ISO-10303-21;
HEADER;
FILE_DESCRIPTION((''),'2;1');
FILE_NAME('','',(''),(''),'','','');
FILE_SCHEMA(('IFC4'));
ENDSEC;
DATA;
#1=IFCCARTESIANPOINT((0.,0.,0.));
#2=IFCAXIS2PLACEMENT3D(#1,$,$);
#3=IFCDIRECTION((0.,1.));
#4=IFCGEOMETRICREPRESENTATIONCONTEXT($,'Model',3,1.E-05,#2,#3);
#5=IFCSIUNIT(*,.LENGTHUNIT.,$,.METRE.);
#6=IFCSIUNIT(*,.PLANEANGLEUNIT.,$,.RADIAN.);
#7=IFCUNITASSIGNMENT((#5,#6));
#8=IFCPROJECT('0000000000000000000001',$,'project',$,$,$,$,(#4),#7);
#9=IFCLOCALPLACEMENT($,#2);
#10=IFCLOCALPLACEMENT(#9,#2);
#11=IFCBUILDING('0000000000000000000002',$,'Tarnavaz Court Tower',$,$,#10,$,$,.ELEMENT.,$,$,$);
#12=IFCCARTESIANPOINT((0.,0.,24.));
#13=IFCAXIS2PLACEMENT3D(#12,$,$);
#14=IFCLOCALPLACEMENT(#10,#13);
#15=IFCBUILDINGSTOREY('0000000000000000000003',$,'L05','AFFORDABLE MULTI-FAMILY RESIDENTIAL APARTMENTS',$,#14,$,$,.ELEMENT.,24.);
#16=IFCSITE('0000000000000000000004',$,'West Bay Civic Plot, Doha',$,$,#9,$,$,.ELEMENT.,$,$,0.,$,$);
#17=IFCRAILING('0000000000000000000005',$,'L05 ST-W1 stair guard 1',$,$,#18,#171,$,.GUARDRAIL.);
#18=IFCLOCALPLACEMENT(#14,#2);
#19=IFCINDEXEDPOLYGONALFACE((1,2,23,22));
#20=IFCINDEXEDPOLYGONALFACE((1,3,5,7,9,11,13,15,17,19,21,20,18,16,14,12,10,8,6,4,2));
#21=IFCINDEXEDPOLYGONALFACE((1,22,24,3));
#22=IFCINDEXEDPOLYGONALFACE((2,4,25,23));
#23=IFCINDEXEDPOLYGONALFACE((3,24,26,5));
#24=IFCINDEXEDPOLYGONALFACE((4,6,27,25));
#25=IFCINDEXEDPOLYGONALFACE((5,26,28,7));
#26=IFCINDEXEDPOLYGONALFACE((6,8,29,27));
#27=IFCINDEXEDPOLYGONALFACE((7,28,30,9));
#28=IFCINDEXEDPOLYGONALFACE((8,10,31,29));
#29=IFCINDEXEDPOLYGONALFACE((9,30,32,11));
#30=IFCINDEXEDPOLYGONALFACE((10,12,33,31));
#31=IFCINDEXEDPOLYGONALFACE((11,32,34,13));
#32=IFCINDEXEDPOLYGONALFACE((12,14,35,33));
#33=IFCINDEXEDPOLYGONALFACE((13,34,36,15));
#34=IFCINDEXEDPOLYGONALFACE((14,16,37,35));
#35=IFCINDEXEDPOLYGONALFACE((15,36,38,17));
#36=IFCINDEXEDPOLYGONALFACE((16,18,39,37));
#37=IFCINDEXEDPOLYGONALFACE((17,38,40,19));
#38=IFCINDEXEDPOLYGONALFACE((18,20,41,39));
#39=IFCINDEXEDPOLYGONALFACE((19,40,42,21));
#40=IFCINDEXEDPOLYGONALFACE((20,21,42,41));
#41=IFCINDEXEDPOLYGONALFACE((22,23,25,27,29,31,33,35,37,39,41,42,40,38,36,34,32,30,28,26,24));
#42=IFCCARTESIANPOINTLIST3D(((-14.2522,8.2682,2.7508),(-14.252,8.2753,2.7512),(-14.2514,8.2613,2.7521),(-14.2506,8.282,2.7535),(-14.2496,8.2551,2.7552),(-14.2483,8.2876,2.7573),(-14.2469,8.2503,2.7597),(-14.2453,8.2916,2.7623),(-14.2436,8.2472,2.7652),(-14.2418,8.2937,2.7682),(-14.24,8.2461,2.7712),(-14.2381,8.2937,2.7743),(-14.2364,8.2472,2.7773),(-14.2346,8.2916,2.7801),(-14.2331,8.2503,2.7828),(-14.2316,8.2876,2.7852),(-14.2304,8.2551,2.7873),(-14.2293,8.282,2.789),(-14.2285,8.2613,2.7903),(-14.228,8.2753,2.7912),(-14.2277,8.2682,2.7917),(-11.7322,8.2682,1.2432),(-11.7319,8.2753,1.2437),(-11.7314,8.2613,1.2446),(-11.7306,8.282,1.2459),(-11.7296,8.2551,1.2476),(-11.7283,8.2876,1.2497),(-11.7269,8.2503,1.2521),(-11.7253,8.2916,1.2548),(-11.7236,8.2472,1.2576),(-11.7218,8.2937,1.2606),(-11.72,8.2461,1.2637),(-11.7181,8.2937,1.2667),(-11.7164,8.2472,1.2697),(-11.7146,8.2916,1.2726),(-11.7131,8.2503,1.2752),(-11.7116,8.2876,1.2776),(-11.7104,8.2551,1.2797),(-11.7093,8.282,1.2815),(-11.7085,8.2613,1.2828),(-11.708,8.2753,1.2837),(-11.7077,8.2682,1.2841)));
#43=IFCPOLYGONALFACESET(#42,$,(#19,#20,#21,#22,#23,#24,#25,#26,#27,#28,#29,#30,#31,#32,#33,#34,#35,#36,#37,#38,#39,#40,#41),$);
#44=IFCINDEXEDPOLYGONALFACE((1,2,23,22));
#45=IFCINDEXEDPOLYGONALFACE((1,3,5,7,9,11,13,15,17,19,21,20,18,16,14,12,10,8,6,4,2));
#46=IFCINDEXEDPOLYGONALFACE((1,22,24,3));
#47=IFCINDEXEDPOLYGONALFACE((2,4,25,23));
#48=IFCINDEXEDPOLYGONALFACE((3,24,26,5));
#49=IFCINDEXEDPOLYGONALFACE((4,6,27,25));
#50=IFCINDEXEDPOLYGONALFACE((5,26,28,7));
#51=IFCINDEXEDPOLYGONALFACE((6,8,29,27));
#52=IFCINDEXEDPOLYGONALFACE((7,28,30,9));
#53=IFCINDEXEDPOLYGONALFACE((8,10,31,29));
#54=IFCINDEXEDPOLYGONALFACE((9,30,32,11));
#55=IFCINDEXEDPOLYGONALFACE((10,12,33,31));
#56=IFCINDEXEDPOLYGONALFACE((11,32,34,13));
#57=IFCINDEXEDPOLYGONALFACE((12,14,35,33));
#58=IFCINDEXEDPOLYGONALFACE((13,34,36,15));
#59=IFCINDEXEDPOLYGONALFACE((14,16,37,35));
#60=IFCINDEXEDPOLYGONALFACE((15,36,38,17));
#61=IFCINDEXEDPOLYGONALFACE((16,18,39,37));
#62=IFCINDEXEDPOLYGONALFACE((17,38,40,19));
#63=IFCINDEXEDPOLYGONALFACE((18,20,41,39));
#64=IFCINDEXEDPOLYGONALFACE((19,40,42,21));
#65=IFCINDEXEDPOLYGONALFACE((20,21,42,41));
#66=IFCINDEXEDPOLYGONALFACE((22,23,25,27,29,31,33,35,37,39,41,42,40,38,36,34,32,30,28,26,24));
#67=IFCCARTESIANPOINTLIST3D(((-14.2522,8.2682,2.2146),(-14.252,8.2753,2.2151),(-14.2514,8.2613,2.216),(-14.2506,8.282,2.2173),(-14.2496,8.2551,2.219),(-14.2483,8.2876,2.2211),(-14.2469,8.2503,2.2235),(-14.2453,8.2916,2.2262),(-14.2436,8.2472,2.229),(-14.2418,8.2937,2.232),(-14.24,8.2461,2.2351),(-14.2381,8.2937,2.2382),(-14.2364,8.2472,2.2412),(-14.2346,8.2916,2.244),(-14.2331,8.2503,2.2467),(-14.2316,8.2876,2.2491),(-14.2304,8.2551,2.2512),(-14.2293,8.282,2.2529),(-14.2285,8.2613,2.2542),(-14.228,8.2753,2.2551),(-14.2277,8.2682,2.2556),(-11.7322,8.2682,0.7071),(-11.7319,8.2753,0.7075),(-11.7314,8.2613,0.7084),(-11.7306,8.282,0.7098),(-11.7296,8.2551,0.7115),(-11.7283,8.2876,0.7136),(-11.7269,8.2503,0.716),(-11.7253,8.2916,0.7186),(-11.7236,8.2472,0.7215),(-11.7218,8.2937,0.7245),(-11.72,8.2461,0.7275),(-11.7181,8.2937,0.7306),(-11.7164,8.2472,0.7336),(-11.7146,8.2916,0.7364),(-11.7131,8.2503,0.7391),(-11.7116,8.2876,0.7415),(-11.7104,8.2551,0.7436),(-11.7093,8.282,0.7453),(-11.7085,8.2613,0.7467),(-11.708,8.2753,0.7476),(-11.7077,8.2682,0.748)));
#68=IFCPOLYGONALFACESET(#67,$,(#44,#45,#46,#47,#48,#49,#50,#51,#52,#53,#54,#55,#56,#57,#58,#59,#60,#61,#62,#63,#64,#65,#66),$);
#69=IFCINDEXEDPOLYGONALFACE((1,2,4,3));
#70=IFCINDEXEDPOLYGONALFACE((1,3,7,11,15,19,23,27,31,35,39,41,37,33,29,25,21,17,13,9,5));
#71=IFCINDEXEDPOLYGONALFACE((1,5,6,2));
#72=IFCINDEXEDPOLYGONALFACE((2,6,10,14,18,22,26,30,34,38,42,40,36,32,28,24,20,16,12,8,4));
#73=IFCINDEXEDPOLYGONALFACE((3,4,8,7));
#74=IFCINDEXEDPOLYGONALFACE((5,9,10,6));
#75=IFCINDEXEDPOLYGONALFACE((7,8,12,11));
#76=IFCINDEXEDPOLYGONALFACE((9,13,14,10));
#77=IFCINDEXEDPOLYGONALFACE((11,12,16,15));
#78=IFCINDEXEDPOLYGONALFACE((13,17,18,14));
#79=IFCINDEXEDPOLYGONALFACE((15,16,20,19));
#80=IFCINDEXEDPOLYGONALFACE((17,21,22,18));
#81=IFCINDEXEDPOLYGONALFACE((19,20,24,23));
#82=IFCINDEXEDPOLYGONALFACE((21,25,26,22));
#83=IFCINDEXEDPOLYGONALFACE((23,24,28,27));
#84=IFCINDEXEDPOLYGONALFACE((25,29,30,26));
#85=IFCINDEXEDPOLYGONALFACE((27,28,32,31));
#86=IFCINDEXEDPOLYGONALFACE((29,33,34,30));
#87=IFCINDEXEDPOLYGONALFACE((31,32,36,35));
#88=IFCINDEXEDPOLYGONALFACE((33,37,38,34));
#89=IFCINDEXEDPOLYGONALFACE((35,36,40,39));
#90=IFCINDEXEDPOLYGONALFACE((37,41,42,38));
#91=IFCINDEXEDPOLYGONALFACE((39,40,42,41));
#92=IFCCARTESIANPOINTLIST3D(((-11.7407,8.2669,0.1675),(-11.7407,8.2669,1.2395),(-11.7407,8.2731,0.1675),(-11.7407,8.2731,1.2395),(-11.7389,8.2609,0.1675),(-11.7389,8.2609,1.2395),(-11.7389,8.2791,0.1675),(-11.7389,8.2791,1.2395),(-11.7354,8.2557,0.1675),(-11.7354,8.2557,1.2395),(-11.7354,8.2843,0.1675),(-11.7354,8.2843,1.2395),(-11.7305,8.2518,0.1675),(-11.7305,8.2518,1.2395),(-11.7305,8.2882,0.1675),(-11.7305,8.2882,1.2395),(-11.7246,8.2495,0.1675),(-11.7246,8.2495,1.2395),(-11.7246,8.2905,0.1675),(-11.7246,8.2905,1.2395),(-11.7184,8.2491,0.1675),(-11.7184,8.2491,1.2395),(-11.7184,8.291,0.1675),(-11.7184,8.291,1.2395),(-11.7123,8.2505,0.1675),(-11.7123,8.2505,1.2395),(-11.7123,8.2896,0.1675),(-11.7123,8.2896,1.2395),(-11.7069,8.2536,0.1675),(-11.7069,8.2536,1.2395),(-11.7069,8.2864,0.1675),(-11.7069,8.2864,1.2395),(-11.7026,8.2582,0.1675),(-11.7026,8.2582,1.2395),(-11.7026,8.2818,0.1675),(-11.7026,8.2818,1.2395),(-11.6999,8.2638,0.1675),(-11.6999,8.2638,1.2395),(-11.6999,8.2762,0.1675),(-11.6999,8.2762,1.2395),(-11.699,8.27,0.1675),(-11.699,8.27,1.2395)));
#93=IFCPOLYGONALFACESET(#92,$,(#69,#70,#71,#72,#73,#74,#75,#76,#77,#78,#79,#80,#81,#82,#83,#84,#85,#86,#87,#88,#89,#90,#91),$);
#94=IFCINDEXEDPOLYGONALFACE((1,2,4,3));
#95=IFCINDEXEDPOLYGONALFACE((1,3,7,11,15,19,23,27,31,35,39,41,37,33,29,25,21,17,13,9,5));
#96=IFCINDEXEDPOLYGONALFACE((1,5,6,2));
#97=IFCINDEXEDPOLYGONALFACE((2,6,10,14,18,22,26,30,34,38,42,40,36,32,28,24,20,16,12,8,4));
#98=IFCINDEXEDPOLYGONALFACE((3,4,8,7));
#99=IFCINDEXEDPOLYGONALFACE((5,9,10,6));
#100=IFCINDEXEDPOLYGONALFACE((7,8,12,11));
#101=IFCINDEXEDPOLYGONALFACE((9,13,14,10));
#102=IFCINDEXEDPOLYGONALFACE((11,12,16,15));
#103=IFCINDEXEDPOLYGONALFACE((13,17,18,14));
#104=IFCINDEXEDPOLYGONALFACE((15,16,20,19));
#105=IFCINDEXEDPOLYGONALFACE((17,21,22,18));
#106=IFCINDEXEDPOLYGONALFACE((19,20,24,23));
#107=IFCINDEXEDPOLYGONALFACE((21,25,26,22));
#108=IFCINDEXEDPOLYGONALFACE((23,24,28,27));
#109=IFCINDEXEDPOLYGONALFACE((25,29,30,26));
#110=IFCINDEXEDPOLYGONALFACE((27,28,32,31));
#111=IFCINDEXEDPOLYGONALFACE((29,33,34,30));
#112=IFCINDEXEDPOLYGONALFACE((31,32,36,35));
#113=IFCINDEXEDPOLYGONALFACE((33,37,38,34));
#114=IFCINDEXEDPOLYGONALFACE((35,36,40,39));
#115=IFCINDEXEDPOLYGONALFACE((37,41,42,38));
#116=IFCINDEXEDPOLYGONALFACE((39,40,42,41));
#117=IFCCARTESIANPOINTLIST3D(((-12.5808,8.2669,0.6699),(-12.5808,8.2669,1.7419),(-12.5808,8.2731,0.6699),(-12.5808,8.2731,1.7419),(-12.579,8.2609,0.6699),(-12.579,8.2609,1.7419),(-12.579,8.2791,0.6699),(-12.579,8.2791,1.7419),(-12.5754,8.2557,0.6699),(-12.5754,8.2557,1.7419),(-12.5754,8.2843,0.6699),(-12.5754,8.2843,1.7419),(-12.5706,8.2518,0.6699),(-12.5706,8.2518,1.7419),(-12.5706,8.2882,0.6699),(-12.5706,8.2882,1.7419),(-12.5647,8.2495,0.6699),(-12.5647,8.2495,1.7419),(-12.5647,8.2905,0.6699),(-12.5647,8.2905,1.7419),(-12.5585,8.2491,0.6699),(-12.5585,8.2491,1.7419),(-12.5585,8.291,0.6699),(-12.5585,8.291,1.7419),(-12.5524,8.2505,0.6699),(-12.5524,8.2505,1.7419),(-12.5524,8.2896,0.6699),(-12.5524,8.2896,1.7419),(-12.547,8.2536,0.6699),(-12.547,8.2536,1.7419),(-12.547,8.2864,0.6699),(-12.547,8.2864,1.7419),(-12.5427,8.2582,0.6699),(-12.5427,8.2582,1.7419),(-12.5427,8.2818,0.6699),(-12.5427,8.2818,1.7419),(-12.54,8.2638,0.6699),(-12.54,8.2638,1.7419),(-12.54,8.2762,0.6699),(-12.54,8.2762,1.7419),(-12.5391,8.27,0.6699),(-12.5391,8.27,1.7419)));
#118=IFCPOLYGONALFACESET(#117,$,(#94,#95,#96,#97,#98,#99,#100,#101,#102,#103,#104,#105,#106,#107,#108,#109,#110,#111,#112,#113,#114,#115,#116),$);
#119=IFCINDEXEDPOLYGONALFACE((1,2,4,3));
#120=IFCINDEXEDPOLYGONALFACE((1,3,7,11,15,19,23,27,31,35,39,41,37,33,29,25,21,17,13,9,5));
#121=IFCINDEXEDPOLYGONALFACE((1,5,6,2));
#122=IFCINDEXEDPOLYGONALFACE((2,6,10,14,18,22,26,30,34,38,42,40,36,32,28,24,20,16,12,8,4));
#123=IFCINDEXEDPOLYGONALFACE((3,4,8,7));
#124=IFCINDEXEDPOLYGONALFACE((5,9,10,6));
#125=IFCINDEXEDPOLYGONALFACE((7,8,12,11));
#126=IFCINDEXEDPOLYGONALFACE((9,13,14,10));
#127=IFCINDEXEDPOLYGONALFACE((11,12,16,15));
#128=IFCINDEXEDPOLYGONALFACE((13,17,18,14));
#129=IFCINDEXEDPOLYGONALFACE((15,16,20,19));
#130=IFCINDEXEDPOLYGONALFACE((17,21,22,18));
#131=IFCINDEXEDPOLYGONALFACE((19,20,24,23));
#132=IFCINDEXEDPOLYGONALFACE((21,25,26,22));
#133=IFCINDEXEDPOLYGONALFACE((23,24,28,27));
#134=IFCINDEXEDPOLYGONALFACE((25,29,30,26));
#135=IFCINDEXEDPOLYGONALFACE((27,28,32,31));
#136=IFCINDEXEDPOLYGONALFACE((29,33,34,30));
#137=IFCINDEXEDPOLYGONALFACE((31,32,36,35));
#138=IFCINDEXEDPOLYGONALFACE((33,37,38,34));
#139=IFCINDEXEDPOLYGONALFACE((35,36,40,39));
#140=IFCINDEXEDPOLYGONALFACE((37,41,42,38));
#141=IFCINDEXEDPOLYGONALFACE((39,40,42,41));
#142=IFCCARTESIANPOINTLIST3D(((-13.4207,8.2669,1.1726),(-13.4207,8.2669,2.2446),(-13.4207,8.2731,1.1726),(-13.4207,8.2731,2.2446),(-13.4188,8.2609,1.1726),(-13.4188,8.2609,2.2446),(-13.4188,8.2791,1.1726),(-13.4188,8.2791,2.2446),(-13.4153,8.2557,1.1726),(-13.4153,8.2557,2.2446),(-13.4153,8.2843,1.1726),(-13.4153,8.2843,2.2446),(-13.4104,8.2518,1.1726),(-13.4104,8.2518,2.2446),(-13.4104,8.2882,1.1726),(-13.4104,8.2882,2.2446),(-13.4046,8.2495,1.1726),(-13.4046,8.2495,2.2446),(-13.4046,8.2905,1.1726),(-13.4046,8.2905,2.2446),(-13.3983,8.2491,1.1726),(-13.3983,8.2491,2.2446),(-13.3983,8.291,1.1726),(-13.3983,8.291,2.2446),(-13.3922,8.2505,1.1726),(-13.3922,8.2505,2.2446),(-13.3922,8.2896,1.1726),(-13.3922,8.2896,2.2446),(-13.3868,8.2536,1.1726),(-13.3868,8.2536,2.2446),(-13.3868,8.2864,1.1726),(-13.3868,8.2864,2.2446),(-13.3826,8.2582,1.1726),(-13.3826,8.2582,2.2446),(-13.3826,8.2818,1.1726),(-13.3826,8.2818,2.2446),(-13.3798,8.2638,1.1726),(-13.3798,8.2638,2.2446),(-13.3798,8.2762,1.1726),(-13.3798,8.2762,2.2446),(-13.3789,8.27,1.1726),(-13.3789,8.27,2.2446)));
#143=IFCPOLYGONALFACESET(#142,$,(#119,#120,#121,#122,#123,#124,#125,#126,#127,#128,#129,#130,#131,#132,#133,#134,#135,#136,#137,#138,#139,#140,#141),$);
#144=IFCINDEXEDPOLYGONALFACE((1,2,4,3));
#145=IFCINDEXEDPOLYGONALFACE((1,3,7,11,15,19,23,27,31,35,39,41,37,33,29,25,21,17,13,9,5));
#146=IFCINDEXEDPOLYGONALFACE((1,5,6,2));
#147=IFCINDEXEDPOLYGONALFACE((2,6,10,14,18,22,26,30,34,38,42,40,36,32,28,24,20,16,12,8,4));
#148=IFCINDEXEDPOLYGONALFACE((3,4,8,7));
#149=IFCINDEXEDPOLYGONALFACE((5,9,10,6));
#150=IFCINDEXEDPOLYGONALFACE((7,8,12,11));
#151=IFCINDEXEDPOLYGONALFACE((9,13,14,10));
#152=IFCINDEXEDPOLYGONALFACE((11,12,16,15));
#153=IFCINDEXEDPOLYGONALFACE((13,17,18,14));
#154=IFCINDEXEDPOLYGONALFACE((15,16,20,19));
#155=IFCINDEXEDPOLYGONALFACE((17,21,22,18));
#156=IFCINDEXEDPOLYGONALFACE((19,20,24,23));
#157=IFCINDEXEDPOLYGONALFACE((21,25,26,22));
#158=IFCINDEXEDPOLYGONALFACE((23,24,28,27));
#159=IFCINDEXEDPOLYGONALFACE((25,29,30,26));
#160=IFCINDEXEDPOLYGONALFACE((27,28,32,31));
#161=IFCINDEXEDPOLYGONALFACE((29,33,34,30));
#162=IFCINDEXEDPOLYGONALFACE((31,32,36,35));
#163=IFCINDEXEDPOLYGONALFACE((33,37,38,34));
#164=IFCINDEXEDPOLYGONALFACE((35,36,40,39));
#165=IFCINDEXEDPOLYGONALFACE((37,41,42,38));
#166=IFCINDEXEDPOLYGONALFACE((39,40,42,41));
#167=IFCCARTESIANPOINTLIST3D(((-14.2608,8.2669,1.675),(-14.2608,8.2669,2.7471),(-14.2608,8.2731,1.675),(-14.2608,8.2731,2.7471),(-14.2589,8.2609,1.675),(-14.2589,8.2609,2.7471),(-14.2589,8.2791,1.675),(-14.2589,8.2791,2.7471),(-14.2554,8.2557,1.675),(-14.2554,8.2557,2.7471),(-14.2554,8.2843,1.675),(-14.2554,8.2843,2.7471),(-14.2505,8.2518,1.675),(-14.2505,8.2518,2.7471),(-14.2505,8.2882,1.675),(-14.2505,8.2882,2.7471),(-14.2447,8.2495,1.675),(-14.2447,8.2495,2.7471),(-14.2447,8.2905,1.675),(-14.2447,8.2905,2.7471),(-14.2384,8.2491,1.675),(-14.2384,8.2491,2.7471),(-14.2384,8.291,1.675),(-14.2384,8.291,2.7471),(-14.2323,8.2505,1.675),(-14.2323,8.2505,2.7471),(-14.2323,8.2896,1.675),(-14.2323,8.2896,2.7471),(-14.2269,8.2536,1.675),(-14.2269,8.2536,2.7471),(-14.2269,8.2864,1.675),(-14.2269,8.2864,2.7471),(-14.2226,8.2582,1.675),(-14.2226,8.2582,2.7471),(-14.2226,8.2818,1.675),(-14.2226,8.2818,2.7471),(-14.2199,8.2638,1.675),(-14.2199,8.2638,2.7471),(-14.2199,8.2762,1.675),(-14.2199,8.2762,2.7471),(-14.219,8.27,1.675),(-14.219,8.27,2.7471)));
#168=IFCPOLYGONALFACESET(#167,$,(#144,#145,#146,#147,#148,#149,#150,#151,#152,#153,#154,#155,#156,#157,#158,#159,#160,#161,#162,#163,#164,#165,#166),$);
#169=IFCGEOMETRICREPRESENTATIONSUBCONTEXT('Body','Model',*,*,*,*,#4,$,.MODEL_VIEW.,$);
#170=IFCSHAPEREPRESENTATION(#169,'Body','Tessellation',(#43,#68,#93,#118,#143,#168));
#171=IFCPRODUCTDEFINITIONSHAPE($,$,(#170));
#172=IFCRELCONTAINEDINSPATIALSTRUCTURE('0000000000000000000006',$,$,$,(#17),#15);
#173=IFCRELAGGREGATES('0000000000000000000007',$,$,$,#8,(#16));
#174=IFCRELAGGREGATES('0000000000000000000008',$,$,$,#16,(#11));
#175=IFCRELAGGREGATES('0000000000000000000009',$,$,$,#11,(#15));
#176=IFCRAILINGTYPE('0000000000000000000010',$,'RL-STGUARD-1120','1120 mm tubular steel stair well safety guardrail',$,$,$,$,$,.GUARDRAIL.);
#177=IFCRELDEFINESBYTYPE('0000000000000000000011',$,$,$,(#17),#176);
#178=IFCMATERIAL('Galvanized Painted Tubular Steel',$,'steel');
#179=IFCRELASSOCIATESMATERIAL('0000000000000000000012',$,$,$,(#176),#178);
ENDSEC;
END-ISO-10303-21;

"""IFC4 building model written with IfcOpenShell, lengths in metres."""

from ifc_helpers import new_model, si_unit, direction, frame, origin, origin_2d, place, context, subcontext, project, spatial, circle, extrude, material, type_object, element, save


model = new_model("IFC4")

# Units and contexts
model_context = context("Model", 3, precision=1e-05, world=origin(), true_north=direction((0.0, 1.0)))
body_context = subcontext(model_context, "Body", "Model", "MODEL_VIEW")
ifc_project = project(units=[si_unit("LENGTHUNIT", "METRE"), si_unit("PLANEANGLEUNIT", "RADIAN")], contexts=[model_context])

# Site, building, storey
site_placement = place(None, origin())
site = spatial("IfcSite", under=ifc_project, at=site_placement, Name="West Bay Civic Plot, Doha", CompositionType="ELEMENT", RefElevation=0.0)
building_placement = place(site_placement, origin())
building = spatial("IfcBuilding", under=site, at=building_placement, Name="Tarnavaz Court Tower", CompositionType="ELEMENT")
storey_placement = place(building_placement, frame((0.0, 0.0, 24.0)))
storey = spatial("IfcBuildingStorey", under=building, at=storey_placement, Name="L05", Description="AFFORDABLE MULTI-FAMILY RESIDENTIAL APARTMENTS", CompositionType="ELEMENT", Elevation=24.0)

# Railing
ifc_material_1 = material(Name="Galvanized Painted Tubular Steel", Category="steel")
railing_type_1 = type_object("IfcRailingType", Name="RL-STGUARD-1120", Description="1120 mm tubular steel stair well safety guardrail", PredefinedType="GUARDRAIL", material=ifc_material_1)
railing_1_placement = place(storey_placement, frame((-11.72, 8.27, 0.1675)))
element("IfcRailing", 1, at=railing_1_placement, inside=storey, type_object=railing_type_1, Name="L05 ST-W1 stair guard 1", PredefinedType="GUARDRAIL", context=body_context, shape_type="SweptSolid", body=[
    extrude(circle(Radius=0.0239, at=origin_2d()), frame((0.0, 0.0, 1.0962), z_axis=(-0.85816, 0.0, 0.513383), x_axis=(0.0, -1.0, 0.0)), (0.0, 0.0, 1.0), 2.9365),
    extrude(circle(Radius=0.0239, at=origin_2d()), frame((0.0, 0.0, 0.5601), z_axis=(-0.85816, 0.0, 0.513383), x_axis=(0.0, -1.0, 0.0)), (0.0, 0.0, 1.0), 2.9365),
    extrude(circle(Radius=0.021, at=origin_2d()), origin(), (0.0, 0.0, 1.0), 1.072),
    extrude(circle(Radius=0.021, at=origin_2d()), frame((-0.8401, 0.0, 0.5024)), (0.0, 0.0, 1.0), 1.072),
    extrude(circle(Radius=0.021, at=origin_2d()), frame((-1.6799, 0.0, 1.0051)), (0.0, 0.0, 1.0), 1.072),
    extrude(circle(Radius=0.021, at=origin_2d()), frame((-2.52, 0.0, 1.5076)), (0.0, 0.0, 1.0), 1.072),
])

save(model, "model.ifc")
